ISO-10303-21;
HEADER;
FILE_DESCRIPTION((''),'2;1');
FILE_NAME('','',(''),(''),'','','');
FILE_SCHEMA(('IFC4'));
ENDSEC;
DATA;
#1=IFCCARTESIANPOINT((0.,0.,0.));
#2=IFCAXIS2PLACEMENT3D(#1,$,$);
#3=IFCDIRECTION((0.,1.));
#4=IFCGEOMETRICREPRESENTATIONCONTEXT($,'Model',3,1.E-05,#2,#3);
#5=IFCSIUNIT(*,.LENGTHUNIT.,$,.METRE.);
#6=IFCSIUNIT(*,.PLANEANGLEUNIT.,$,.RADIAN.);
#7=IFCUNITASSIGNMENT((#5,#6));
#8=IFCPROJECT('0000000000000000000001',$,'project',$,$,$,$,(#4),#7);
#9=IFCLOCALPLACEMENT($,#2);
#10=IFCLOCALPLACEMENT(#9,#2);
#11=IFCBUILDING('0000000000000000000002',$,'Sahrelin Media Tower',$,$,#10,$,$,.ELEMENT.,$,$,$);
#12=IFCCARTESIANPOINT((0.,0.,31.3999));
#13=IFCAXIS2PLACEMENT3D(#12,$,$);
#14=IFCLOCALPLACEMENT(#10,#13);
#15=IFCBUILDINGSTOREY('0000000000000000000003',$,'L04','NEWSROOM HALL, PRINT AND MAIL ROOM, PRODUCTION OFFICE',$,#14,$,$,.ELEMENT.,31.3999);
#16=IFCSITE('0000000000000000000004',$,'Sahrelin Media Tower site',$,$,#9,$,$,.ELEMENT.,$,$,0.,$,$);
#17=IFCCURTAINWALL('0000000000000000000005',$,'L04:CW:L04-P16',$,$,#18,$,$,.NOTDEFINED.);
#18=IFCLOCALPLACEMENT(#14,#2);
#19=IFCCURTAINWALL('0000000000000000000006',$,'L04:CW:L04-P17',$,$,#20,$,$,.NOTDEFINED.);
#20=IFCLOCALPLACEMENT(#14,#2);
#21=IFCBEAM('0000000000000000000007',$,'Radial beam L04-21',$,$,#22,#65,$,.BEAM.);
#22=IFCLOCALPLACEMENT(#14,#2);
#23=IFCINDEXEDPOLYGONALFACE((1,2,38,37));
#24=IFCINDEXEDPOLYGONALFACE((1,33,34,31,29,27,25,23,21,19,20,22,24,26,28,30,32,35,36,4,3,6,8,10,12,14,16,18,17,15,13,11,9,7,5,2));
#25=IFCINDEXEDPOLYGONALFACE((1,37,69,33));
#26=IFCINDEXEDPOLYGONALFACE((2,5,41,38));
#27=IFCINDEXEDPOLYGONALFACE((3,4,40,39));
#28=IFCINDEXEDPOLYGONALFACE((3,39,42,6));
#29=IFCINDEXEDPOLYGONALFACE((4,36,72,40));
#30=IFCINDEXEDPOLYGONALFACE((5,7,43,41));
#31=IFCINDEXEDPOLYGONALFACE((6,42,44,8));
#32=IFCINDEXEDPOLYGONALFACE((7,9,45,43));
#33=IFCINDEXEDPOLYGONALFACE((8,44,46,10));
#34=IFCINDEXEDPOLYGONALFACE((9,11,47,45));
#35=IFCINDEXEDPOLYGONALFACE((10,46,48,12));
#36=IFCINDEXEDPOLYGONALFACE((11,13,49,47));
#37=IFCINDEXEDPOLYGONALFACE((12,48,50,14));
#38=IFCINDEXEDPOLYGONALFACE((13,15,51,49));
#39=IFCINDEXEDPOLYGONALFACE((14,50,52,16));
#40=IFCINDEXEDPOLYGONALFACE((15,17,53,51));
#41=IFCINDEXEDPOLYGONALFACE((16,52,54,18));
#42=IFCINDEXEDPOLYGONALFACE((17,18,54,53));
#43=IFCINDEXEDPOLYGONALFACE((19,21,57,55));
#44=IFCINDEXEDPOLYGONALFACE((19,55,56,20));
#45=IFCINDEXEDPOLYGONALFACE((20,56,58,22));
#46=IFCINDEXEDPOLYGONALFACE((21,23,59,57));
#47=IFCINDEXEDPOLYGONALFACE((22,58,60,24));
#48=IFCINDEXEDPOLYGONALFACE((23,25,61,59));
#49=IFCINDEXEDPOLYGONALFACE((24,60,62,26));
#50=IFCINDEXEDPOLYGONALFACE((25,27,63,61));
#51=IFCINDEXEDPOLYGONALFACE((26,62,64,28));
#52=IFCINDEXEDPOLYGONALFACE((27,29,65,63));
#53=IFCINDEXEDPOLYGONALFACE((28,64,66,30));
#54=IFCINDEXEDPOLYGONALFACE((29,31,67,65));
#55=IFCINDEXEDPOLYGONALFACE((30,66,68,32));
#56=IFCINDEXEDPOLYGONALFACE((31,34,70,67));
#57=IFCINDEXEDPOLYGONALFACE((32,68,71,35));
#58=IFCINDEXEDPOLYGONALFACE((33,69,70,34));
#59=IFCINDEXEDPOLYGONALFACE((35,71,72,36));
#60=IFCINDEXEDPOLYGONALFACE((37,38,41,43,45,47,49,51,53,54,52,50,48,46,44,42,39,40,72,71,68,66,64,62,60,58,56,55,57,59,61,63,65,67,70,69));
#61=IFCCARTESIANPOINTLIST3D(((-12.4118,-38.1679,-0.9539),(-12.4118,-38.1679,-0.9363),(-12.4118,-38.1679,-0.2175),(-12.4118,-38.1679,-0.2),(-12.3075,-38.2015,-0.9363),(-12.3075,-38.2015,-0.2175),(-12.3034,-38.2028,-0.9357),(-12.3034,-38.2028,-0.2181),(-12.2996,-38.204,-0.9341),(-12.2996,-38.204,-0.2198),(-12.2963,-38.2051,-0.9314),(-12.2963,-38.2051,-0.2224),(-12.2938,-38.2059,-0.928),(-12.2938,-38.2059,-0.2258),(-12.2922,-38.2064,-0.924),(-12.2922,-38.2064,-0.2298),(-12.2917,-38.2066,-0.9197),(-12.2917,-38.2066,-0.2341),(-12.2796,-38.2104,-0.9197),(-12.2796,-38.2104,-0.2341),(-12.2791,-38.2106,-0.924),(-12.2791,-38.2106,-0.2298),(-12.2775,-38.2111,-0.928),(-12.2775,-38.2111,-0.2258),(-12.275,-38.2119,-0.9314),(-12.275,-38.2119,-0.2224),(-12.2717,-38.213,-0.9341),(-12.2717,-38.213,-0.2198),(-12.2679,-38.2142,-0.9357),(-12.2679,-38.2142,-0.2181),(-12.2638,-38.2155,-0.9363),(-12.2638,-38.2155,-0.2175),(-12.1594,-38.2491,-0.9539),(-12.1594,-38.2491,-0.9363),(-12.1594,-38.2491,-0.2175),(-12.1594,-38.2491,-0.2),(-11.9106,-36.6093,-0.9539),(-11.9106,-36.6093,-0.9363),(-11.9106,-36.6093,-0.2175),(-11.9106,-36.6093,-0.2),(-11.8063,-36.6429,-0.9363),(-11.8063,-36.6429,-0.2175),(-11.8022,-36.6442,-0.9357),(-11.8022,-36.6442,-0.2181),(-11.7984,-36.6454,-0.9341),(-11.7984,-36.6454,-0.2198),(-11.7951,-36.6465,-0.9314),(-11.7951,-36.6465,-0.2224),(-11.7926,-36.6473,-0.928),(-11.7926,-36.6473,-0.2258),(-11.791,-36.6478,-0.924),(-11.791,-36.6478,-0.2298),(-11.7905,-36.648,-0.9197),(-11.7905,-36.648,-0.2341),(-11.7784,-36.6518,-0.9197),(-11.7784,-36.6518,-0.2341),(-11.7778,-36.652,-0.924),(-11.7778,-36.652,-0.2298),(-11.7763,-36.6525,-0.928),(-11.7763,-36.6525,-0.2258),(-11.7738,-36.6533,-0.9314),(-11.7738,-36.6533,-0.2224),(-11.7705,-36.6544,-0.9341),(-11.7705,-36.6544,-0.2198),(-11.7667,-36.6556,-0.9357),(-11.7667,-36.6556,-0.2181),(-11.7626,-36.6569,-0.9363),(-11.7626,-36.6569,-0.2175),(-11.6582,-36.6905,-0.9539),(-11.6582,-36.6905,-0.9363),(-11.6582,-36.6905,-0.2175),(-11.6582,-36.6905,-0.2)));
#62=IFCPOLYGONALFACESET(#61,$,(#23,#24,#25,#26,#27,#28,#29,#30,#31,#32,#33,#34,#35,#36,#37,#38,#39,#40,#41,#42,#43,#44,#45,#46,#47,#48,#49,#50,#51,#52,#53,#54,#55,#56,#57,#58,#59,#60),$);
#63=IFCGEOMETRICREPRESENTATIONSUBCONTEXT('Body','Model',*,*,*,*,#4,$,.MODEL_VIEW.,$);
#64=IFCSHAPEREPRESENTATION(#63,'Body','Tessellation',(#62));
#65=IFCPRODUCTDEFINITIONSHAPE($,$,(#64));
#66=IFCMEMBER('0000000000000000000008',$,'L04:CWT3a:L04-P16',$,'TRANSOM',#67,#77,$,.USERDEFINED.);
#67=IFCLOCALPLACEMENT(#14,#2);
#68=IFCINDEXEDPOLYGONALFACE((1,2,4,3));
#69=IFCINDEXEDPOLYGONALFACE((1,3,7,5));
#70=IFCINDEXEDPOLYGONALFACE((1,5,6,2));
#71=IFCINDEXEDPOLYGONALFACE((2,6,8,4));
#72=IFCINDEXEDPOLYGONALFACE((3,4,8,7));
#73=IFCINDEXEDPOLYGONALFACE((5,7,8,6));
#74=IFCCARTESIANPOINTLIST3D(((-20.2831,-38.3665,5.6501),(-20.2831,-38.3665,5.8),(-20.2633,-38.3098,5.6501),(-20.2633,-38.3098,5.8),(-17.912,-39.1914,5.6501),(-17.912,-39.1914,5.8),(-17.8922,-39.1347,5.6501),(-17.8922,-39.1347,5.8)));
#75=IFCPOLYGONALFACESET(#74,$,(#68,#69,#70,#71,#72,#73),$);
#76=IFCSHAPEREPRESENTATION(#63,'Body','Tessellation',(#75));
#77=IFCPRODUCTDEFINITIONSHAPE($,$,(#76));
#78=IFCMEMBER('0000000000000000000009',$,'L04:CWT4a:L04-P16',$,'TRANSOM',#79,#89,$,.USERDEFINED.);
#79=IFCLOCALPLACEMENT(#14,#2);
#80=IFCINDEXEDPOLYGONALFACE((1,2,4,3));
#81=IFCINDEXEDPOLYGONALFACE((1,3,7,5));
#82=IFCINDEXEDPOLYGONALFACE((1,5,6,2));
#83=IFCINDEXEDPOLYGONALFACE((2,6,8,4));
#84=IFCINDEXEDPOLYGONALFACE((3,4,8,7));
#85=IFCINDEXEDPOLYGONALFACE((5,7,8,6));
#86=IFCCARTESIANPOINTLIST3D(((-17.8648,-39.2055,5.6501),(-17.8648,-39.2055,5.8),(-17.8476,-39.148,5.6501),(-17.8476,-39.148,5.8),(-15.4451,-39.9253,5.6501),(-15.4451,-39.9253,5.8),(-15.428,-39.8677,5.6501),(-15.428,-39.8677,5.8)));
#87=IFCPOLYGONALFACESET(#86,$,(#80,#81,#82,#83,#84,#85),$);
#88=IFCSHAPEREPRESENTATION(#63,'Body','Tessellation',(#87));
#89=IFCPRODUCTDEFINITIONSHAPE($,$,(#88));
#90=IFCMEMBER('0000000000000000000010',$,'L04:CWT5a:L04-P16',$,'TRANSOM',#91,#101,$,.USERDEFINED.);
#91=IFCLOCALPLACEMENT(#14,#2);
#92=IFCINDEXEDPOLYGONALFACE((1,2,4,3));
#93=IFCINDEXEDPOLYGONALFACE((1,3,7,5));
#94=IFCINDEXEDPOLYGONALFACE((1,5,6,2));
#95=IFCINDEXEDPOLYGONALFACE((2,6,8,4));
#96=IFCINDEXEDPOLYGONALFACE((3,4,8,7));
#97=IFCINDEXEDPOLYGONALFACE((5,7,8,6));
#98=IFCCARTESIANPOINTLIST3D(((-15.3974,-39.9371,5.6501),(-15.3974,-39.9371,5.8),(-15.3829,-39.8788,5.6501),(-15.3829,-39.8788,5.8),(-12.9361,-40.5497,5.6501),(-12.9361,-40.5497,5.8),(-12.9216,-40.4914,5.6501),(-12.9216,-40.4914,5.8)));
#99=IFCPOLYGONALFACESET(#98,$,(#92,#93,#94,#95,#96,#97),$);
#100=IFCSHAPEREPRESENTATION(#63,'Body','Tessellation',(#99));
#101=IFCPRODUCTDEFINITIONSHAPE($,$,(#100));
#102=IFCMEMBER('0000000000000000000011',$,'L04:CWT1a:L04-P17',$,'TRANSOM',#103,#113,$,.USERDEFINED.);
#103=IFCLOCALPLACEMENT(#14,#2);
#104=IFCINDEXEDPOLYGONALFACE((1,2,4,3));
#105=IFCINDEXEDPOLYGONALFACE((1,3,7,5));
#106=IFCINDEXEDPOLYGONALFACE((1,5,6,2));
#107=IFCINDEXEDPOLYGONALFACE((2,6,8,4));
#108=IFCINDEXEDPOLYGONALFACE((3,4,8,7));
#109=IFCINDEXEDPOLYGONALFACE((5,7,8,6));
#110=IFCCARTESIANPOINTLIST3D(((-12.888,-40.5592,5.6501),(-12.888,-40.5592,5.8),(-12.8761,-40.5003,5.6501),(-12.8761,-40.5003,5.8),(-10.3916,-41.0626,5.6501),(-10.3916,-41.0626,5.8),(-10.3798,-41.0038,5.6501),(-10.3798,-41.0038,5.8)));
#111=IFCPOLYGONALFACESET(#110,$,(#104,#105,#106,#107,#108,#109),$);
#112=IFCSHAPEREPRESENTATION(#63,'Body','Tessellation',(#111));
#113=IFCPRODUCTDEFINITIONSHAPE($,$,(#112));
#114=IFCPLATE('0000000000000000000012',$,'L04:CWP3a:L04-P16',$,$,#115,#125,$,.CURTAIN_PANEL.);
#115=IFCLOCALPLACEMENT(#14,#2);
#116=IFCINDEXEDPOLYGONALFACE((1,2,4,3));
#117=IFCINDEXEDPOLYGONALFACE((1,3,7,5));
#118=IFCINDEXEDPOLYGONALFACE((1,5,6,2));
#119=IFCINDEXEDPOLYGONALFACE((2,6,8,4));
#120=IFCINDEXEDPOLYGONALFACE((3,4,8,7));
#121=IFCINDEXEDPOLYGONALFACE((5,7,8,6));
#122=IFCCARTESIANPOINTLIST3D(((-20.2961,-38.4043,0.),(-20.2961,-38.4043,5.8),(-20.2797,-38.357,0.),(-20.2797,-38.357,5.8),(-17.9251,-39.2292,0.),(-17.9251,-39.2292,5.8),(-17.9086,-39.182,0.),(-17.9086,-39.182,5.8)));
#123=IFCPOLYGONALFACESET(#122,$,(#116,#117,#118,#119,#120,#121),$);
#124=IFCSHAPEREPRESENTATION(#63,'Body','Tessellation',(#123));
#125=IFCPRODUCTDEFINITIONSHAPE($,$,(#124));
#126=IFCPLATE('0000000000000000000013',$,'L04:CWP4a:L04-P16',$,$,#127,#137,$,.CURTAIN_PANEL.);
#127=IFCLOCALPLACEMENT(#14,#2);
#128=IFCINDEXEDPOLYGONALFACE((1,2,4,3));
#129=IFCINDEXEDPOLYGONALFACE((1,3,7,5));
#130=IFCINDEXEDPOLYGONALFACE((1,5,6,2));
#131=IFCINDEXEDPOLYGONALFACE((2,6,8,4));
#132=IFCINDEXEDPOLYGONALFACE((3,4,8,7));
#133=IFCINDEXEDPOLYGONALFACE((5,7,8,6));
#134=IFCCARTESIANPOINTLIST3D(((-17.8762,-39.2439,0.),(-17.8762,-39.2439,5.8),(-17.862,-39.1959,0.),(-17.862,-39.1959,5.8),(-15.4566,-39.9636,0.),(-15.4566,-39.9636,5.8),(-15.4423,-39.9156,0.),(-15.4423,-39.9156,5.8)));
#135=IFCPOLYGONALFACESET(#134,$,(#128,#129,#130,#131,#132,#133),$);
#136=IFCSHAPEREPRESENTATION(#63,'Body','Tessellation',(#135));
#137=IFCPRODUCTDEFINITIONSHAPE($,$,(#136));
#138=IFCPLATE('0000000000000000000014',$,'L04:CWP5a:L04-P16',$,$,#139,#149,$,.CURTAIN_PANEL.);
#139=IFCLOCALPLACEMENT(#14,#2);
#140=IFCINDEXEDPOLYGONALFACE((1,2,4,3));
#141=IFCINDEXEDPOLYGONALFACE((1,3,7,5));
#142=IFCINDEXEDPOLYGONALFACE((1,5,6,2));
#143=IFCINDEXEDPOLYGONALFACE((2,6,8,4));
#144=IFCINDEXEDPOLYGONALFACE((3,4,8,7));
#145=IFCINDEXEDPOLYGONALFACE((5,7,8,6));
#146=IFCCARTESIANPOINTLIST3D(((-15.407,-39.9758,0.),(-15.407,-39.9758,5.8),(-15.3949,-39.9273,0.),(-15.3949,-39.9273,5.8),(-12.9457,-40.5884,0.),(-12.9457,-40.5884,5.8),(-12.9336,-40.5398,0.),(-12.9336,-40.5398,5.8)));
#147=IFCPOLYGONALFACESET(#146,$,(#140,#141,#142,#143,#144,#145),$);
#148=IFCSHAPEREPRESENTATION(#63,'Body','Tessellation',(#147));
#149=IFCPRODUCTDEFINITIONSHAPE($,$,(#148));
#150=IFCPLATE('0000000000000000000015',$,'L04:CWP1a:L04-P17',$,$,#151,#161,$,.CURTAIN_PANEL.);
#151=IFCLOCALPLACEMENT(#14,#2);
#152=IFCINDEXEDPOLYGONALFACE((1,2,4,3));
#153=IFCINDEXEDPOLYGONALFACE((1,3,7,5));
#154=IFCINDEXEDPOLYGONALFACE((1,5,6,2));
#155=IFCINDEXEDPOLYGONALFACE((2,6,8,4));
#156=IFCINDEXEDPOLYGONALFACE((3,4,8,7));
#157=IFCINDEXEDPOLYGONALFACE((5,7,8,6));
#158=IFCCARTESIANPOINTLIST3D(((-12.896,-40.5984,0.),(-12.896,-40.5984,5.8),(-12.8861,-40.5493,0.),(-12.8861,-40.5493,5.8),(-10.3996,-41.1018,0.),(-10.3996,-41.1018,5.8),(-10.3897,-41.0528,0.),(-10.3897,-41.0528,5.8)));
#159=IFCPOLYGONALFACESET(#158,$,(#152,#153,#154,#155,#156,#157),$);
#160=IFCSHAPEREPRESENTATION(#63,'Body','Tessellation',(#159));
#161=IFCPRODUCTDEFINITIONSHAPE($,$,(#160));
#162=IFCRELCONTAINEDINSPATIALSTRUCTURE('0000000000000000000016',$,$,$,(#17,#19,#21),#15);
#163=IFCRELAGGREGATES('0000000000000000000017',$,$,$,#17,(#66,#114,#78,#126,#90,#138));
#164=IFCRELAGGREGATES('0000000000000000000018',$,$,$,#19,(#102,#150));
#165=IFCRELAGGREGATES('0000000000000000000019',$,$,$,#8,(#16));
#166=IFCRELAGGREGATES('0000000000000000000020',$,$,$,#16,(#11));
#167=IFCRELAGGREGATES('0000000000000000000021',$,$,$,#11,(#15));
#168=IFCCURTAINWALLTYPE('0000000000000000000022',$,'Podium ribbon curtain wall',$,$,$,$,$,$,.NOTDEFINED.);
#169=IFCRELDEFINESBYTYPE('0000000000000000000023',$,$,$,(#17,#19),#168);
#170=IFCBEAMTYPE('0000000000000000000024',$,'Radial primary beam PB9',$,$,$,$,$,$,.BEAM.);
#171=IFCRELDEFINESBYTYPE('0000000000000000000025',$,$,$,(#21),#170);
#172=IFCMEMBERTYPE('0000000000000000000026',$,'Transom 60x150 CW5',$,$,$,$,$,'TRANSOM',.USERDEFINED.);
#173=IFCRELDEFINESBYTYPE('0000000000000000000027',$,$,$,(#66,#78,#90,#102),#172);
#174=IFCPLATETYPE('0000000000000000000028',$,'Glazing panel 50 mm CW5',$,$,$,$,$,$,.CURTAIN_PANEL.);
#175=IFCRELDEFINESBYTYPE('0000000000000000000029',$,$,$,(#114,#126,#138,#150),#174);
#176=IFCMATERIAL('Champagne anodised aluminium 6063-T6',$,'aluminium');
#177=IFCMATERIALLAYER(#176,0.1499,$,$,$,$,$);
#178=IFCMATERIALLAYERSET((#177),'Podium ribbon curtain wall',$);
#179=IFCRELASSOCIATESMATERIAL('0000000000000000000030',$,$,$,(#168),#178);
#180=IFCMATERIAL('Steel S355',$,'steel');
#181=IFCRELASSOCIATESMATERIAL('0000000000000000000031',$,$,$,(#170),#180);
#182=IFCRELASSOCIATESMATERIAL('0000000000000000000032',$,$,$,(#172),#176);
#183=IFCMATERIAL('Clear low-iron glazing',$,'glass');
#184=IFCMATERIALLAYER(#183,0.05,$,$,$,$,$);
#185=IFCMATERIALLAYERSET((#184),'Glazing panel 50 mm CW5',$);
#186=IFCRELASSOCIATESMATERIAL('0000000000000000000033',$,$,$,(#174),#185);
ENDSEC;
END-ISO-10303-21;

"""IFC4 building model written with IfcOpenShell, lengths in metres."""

from ifc_helpers import new_model, si_unit, direction, frame, origin, origin_2d, place, context, subcontext, project, spatial, polyline, rectangle, i_section, outline, extrude, material, layer, layer_set, material_profile, profile_set, type_object, element, aggregate, save


model = new_model("IFC4")

# Units and contexts
model_context = context("Model", 3, precision=1e-05, world=origin(), true_north=direction((0.0, 1.0)))
body_context = subcontext(model_context, "Body", "Model", "MODEL_VIEW")
ifc_project = project(units=[si_unit("LENGTHUNIT", "METRE"), si_unit("PLANEANGLEUNIT", "RADIAN")], contexts=[model_context])

# Site, building, storey
site_placement = place(None, origin())
site = spatial("IfcSite", under=ifc_project, at=site_placement, Name="Sahrelin Media Tower site", CompositionType="ELEMENT", RefElevation=0.0)
building_placement = place(site_placement, origin())
building = spatial("IfcBuilding", under=site, at=building_placement, Name="Sahrelin Media Tower", CompositionType="ELEMENT")
storey_placement = place(building_placement, frame((0.0, 0.0, 31.3999)))
storey = spatial("IfcBuildingStorey", under=building, at=storey_placement, Name="L04", Description="NEWSROOM HALL, PRINT AND MAIL ROOM, PRODUCTION OFFICE", CompositionType="ELEMENT", Elevation=31.3999)

# Shared definitions
ifc_material_1 = material(Name="Steel S355", Category="steel")

# Curtain wall
ifc_material_2 = material(Name="Champagne anodised aluminium 6063-T6", Category="aluminium")
ifc_layer_1 = layer(ifc_material_2, 0.1499)
ifc_layer_set_1 = layer_set([ifc_layer_1], Name="Podium ribbon curtain wall")
curtain_wall_type = type_object("IfcCurtainWallType", Name="Podium ribbon curtain wall", PredefinedType="NOTDEFINED", material=ifc_layer_set_1)
curtain_wall_1_placement = place(storey_placement, frame((-25.0, -36.373, 0.0), z_axis=(0.0, 0.0, 1.0), x_axis=(1.0, 0.0, 0.0)))
curtain_wall_1 = element("IfcCurtainWall", 1, at=curtain_wall_1_placement, inside=storey, type_object=curtain_wall_type, Name="L04:CW:L04-P16", PredefinedType="NOTDEFINED")

# Curtain wall
curtain_wall_2_placement = place(storey_placement, frame((-12.9409, -40.5688, 0.0), z_axis=(0.0, 0.0, 1.0), x_axis=(1.0, 0.0, 0.0)))
curtain_wall_2 = element("IfcCurtainWall", 2, at=curtain_wall_2_placement, inside=storey, type_object=curtain_wall_type, Name="L04:CW:L04-P17", PredefinedType="NOTDEFINED")

# Beam
ifc_material_profile_1 = material_profile(ifc_material_1, i_section(OverallWidth=0.2651, OverallDepth=0.7539, WebThickness=0.0127, FlangeThickness=0.0176, FilletRadius=0.0166, at=origin_2d()), Name="UB 762x267x147")
ifc_profile_set_1 = profile_set([ifc_material_profile_1], Name="Steel S355")
beam_type_1 = type_object("IfcBeamType", Name="Radial primary beam PB9", PredefinedType="BEAM", material=ifc_profile_set_1)
beam_1_placement = place(storey_placement, frame((-11.7844, -36.6499, -0.5769), z_axis=(-0.306144, -0.951985, 0.0), x_axis=(0.951985, -0.306144, 0.0)))
element("IfcBeam", 3, at=beam_1_placement, inside=storey, type_object=beam_type_1, Name="Radial beam L04-21", PredefinedType="BEAM", context=body_context, shape_type="SweptSolid", body=[
    extrude(i_section(OverallWidth=0.2651, OverallDepth=0.7539, WebThickness=0.0127, FlangeThickness=0.0176, FilletRadius=0.0166, at=origin_2d()), origin(), (0.0, 0.0, 1.0), 1.6372),
])

# Members
ifc_material_profile_2 = material_profile(ifc_material_2, rectangle(XDim=0.0601, YDim=0.1499, at=origin_2d()), Name="Transom 60x150")
ifc_profile_set_2 = profile_set([ifc_material_profile_2], Name="Champagne anodised aluminium 6063-T6")
member_type_1 = type_object("IfcMemberType", Name="Transom 60x150 CW5", ElementType="TRANSOM", PredefinedType="USERDEFINED", material=ifc_profile_set_2)
member_1_placement = place(storey_placement, frame((-20.2732, -38.3381, 5.7251), z_axis=(0.944469, -0.3286, 0.0), x_axis=(0.3286, 0.944469, 0.0)))
member_1 = element("IfcMember", 4, at=member_1_placement, type_object=member_type_1, Name="L04:CWT3a:L04-P16", ObjectType="TRANSOM", PredefinedType="USERDEFINED", context=body_context, shape_type="SweptSolid", body=[
    extrude(rectangle(XDim=0.0601, YDim=0.1499, at=origin_2d()), origin(), (0.0, 0.0, 1.0), 2.5105),
])
member_2_placement = place(storey_placement, frame((-17.8562, -39.1768, 5.7251), z_axis=(0.958497, -0.285102, 0.0), x_axis=(0.285102, 0.958497, 0.0)))
member_2 = element("IfcMember", 5, at=member_2_placement, type_object=member_type_1, Name="L04:CWT4a:L04-P16", ObjectType="TRANSOM", PredefinedType="USERDEFINED", context=body_context, shape_type="SweptSolid", body=[
    extrude(rectangle(XDim=0.0601, YDim=0.1499, at=origin_2d()), origin(), (0.0, 0.0, 1.0), 2.5244),
])
member_3_placement = place(storey_placement, frame((-15.3901, -39.908, 5.7251), z_axis=(0.970397, -0.241516, 0.0), x_axis=(0.241516, 0.970397, 0.0)))
member_3 = element("IfcMember", 6, at=member_3_placement, type_object=member_type_1, Name="L04:CWT5a:L04-P16", ObjectType="TRANSOM", PredefinedType="USERDEFINED", context=body_context, shape_type="SweptSolid", body=[
    extrude(rectangle(XDim=0.0601, YDim=0.1499, at=origin_2d()), origin(), (0.0, 0.0, 1.0), 2.5364),
])
member_4_placement = place(storey_placement, frame((-12.8821, -40.5298, 5.7251), z_axis=(0.980266, -0.197683, 0.0), x_axis=(0.197683, 0.980266, 0.0)))
member_4 = element("IfcMember", 7, at=member_4_placement, type_object=member_type_1, Name="L04:CWT1a:L04-P17", ObjectType="TRANSOM", PredefinedType="USERDEFINED", context=body_context, shape_type="SweptSolid", body=[
    extrude(rectangle(XDim=0.0601, YDim=0.1499, at=origin_2d()), origin(), (0.0, 0.0, 1.0), 2.5466),
])

# Plates
ifc_material_3 = material(Name="Clear low-iron glazing", Category="glass")
ifc_layer_2 = layer(ifc_material_3, 0.05)
ifc_layer_set_2 = layer_set([ifc_layer_2], Name="Glazing panel 50 mm CW5")
plate_type = type_object("IfcPlateType", Name="Glazing panel 50 mm CW5", PredefinedType="CURTAIN_PANEL", material=ifc_layer_set_2)
plate_1_placement = place(storey_placement, frame((-20.2961, -38.4043, 0.0), z_axis=(-0.3286, -0.944469, 0.0), x_axis=(0.944469, -0.3286, 0.0)))
plate_1 = element("IfcPlate", 8, at=plate_1_placement, type_object=plate_type, Name="L04:CWP3a:L04-P16", PredefinedType="CURTAIN_PANEL", context=body_context, shape_type="SweptSolid", body=[
    extrude(outline(polyline([(0.0, 0.0), (2.5105, 0.0), (2.5105, 5.8), (0.0, 5.8), (0.0, 0.0)])), origin(), (0.0, 0.0, -1.0), 0.05),
])
plate_2_placement = place(storey_placement, frame((-17.8762, -39.2439, 0.0), z_axis=(-0.285102, -0.958497, 0.0), x_axis=(0.958497, -0.285102, 0.0)))
plate_2 = element("IfcPlate", 9, at=plate_2_placement, type_object=plate_type, Name="L04:CWP4a:L04-P16", PredefinedType="CURTAIN_PANEL", context=body_context, shape_type="SweptSolid", body=[
    extrude(outline(polyline([(0.0, 0.0), (2.5244, 0.0), (2.5244, 5.8), (0.0, 5.8), (0.0, 0.0)])), origin(), (0.0, 0.0, -1.0), 0.05),
])
plate_3_placement = place(storey_placement, frame((-15.407, -39.9758, 0.0), z_axis=(-0.241516, -0.970397, 0.0), x_axis=(0.970397, -0.241516, 0.0)))
plate_3 = element("IfcPlate", 10, at=plate_3_placement, type_object=plate_type, Name="L04:CWP5a:L04-P16", PredefinedType="CURTAIN_PANEL", context=body_context, shape_type="SweptSolid", body=[
    extrude(outline(polyline([(0.0, 0.0), (2.5364, 0.0), (2.5364, 5.8), (0.0, 5.8), (0.0, 0.0)])), origin(), (0.0, 0.0, -1.0), 0.05),
])
aggregate(curtain_wall_1, [member_1, plate_1, member_2, plate_2, member_3, plate_3])
plate_4_placement = place(storey_placement, frame((-12.896, -40.5984, 0.0), z_axis=(-0.197683, -0.980266, 0.0), x_axis=(0.980266, -0.197683, 0.0)))
plate_4 = element("IfcPlate", 11, at=plate_4_placement, type_object=plate_type, Name="L04:CWP1a:L04-P17", PredefinedType="CURTAIN_PANEL", context=body_context, shape_type="SweptSolid", body=[
    extrude(outline(polyline([(0.0, 0.0), (2.5466, 0.0), (2.5466, 5.8), (0.0, 5.8), (0.0, 0.0)])), origin(), (0.0, 0.0, -1.0), 0.05),
])
aggregate(curtain_wall_2, [member_4, plate_4])

save(model, "model.ifc")
